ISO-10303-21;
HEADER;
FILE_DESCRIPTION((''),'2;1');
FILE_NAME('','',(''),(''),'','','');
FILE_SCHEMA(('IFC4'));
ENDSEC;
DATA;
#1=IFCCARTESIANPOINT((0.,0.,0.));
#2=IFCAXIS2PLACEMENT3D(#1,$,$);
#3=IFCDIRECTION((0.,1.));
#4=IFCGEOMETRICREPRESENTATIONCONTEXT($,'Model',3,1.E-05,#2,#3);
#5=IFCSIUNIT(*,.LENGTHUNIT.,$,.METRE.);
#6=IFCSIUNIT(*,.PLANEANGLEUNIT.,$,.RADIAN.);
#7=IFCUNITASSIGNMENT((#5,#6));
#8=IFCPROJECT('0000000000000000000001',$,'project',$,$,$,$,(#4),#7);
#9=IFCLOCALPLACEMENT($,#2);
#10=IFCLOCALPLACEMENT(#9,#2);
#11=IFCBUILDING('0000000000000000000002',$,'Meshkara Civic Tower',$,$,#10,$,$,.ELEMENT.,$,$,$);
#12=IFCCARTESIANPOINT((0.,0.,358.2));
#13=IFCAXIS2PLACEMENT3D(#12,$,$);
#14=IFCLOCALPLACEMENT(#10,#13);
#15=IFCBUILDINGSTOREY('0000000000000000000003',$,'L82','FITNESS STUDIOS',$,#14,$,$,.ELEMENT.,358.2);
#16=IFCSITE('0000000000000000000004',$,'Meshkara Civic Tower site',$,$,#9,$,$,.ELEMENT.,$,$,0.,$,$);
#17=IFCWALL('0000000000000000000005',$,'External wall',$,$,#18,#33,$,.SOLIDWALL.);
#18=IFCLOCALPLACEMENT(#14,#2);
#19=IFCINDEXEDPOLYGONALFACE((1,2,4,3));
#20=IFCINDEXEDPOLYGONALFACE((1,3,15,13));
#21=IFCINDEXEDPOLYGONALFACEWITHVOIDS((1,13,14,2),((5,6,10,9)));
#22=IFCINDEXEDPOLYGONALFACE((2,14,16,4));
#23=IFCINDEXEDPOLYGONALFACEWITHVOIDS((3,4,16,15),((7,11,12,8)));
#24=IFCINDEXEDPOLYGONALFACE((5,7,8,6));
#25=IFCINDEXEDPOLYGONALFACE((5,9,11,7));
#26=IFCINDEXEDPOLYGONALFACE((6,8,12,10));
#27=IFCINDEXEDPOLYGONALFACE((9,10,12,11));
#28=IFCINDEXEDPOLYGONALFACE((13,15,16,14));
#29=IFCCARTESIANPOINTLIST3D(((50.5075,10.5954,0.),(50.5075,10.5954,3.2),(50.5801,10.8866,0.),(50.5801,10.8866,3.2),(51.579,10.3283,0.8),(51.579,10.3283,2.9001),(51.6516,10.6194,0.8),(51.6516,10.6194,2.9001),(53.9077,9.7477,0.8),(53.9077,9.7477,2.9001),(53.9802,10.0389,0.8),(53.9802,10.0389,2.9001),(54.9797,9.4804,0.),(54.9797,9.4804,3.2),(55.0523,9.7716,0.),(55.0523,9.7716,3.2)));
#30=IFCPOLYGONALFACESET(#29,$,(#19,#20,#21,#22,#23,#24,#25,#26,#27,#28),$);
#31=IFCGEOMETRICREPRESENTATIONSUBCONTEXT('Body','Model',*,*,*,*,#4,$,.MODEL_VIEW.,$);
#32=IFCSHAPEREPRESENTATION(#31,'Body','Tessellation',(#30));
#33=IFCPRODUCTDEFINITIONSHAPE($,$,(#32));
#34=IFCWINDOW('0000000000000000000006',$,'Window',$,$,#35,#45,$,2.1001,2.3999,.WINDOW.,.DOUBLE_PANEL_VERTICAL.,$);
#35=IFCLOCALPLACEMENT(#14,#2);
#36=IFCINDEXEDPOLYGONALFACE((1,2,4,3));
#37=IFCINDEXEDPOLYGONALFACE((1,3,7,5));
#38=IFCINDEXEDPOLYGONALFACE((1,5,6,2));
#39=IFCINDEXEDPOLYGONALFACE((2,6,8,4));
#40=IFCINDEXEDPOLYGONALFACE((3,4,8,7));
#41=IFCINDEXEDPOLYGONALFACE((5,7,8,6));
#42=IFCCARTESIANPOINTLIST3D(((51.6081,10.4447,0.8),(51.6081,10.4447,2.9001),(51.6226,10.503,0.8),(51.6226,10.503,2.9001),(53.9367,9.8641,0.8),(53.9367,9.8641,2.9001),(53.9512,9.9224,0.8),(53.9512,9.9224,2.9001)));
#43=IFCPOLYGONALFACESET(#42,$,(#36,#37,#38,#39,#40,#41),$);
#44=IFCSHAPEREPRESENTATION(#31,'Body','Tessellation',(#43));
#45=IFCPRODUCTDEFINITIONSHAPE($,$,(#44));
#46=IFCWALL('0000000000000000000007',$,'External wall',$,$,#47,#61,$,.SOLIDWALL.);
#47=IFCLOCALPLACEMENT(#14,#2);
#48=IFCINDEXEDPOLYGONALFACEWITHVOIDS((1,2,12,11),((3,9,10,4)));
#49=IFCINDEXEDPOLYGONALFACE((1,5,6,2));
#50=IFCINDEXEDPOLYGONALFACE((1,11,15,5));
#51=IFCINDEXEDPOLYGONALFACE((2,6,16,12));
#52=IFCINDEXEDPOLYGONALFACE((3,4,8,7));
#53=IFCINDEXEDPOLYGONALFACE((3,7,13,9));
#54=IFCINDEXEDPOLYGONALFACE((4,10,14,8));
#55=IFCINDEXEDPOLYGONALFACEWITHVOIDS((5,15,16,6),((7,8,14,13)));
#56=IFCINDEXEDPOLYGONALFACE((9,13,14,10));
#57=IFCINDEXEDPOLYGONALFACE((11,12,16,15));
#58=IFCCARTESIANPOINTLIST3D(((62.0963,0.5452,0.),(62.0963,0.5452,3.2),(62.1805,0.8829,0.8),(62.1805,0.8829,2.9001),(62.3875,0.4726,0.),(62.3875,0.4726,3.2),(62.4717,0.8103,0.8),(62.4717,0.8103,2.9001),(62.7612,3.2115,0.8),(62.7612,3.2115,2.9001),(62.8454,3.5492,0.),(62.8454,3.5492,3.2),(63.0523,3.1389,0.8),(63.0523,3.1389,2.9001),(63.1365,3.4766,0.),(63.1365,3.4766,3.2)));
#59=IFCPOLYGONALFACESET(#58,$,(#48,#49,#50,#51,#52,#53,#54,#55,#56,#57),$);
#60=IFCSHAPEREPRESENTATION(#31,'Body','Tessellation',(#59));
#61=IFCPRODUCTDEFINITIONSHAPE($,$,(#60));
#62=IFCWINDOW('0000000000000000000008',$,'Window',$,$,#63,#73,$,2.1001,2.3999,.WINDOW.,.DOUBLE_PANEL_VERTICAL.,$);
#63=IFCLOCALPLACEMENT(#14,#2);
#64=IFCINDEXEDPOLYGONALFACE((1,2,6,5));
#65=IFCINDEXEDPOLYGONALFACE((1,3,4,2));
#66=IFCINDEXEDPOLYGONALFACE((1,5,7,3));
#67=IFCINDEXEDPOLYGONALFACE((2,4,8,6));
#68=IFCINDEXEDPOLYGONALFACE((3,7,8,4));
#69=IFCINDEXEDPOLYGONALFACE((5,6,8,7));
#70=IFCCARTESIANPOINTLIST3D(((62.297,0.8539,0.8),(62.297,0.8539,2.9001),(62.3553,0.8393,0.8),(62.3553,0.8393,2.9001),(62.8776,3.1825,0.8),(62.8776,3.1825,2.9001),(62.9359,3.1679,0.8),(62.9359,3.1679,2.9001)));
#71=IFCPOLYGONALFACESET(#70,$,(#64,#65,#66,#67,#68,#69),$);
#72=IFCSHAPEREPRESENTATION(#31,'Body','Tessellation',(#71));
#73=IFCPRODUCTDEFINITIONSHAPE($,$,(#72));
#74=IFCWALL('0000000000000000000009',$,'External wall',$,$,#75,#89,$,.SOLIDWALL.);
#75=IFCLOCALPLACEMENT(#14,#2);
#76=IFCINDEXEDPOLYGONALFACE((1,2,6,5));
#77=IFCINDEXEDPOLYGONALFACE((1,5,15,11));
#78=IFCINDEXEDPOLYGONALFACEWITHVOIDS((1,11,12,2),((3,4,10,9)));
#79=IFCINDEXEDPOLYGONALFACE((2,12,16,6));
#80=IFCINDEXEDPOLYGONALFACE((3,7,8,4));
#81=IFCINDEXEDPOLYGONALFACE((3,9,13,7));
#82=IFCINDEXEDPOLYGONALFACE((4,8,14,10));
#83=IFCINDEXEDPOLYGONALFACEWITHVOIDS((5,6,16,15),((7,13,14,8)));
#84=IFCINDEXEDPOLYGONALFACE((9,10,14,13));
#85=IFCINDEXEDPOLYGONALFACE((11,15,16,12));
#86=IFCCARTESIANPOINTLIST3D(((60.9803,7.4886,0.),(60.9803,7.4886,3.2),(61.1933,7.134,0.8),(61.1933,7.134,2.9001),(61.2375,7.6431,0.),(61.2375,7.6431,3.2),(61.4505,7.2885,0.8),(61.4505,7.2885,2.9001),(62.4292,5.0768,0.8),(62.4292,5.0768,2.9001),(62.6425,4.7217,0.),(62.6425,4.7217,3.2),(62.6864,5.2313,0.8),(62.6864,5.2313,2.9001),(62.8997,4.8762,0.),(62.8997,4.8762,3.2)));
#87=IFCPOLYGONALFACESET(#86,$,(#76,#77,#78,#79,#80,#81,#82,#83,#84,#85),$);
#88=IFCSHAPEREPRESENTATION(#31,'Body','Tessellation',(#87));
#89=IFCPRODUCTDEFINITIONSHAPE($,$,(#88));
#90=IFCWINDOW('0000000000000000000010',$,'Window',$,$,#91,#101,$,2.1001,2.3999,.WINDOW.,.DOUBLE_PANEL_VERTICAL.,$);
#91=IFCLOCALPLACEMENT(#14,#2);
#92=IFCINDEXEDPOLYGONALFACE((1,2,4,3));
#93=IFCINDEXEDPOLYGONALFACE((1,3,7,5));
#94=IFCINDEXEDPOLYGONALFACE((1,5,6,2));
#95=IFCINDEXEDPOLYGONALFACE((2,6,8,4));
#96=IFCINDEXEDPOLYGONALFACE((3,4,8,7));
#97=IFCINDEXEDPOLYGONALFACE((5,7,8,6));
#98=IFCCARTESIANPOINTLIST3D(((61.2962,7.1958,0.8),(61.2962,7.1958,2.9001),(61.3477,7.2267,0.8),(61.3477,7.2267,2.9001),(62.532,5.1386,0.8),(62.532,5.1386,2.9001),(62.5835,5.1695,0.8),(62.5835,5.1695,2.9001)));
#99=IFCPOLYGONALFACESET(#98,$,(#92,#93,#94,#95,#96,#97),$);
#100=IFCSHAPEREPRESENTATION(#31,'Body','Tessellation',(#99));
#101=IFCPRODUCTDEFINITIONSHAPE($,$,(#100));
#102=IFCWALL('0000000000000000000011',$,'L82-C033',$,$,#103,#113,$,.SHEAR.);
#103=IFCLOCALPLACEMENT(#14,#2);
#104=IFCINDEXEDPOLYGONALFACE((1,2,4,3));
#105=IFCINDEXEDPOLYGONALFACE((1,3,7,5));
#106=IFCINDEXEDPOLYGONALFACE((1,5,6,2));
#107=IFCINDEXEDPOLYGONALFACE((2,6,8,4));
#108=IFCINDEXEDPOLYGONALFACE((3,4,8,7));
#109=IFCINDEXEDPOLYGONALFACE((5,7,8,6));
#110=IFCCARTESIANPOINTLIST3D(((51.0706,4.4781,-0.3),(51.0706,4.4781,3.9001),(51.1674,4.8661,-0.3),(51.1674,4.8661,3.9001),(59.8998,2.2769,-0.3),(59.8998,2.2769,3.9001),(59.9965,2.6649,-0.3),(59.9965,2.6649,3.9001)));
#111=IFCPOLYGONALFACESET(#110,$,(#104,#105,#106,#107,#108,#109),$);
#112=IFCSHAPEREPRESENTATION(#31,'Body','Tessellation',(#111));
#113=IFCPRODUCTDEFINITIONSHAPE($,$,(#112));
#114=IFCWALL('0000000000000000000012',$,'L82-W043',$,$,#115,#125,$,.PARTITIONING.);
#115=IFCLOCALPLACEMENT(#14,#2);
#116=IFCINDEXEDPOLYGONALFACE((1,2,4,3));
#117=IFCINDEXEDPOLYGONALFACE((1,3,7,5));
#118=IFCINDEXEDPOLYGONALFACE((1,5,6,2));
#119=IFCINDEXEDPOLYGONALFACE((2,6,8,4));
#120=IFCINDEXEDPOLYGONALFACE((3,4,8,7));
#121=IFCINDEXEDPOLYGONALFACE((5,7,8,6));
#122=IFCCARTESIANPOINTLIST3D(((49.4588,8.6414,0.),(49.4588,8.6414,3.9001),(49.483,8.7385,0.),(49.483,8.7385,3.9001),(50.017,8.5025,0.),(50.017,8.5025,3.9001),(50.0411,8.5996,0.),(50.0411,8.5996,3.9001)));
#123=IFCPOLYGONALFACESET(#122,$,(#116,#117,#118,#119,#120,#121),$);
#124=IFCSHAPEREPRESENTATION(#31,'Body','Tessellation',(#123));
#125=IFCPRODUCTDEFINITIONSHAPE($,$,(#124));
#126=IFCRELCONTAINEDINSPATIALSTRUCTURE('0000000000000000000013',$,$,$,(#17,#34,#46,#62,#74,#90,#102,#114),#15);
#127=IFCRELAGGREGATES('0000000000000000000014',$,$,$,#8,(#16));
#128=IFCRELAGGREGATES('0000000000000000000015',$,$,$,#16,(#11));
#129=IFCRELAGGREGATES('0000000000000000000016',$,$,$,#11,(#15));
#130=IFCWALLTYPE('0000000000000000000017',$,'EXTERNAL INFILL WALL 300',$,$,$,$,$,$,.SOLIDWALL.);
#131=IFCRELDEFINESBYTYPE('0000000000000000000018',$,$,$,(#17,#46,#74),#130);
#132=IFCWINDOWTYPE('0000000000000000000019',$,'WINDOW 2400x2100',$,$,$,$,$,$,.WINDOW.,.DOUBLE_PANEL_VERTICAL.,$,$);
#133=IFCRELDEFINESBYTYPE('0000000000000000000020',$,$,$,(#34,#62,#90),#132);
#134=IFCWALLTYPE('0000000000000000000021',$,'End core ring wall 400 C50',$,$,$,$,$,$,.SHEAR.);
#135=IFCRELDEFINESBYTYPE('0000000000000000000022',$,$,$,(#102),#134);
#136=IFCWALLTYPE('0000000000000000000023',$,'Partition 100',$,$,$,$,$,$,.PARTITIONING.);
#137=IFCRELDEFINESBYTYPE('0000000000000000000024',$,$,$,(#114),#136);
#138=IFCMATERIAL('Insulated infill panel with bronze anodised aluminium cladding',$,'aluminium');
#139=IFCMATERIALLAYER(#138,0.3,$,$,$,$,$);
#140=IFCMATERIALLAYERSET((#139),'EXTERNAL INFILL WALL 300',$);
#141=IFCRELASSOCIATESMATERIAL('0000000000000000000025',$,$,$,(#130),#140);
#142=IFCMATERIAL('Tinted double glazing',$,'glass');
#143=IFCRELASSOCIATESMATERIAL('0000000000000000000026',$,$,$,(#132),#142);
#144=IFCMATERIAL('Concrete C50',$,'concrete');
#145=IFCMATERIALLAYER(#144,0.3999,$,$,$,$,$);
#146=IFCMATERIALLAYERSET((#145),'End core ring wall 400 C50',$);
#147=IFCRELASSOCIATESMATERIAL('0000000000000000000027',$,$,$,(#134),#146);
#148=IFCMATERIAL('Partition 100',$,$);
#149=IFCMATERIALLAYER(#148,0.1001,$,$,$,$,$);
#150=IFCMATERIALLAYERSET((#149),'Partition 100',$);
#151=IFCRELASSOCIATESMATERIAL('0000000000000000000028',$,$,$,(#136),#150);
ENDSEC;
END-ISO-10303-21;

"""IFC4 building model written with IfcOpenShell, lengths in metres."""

from ifc_helpers import new_model, si_unit, direction, frame, frame_2d, origin, place, context, subcontext, project, spatial, rectangle, extrude, material, layer, layer_set, type_object, element, fill, save


model = new_model("IFC4")

# Units and contexts
model_context = context("Model", 3, precision=1e-05, world=origin(), true_north=direction((0.0, 1.0)))
body_context = subcontext(model_context, "Body", "Model", "MODEL_VIEW")
ifc_project = project(units=[si_unit("LENGTHUNIT", "METRE"), si_unit("PLANEANGLEUNIT", "RADIAN")], contexts=[model_context])

# Site, building, storey
site_placement = place(None, origin())
site = spatial("IfcSite", under=ifc_project, at=site_placement, Name="Meshkara Civic Tower site", CompositionType="ELEMENT", RefElevation=0.0)
building_placement = place(site_placement, origin())
building = spatial("IfcBuilding", under=site, at=building_placement, Name="Meshkara Civic Tower", CompositionType="ELEMENT")
storey_placement = place(building_placement, frame((0.0, 0.0, 358.2)))
storey = spatial("IfcBuildingStorey", under=building, at=storey_placement, Name="L82", Description="FITNESS STUDIOS", CompositionType="ELEMENT", Elevation=358.2)

# Walls, openings, windows
ifc_material_1 = material(Name="Insulated infill panel with bronze anodised aluminium cladding", Category="aluminium")
ifc_layer_1 = layer(ifc_material_1, 0.3)
ifc_layer_set_1 = layer_set([ifc_layer_1], Name="EXTERNAL INFILL WALL 300")
wall_type_1 = type_object("IfcWallType", Name="EXTERNAL INFILL WALL 300", PredefinedType="SOLIDWALL", material=ifc_layer_set_1)
ifc_material_2 = material(Name="Tinted double glazing", Category="glass")
window_type = type_object("IfcWindowType", Name="WINDOW 2400x2100", PartitioningType="DOUBLE_PANEL_VERTICAL", PredefinedType="WINDOW", material=ifc_material_2)
wall_1_placement = place(storey_placement, frame((55.0161, 9.626, 0.0), z_axis=(0.0, 0.0, 1.0), x_axis=(-0.970298, 0.241912, 0.0)))
wall_1 = element("IfcWall", 1, at=wall_1_placement, inside=storey, type_object=wall_type_1, Name="External wall", PredefinedType="SOLIDWALL", context=body_context, shape_type="SweptSolid", body=[
    extrude(rectangle(XDim=4.6091, YDim=0.3, at=frame_2d((2.3047, 0.0))), origin(), (0.0, 0.0, 1.0), 3.2),
])
opening_1_placement = place(wall_1_placement, frame((1.105, 0.0, 0.8)))
opening_1 = element("IfcOpeningElement", 2, at=opening_1_placement, cuts=wall_1, PredefinedType="OPENING", context=body_context, shape_type="SweptSolid", body=[
    extrude(rectangle(XDim=2.3999, YDim=2.1001, at=frame_2d((1.2, 1.05))), frame((0.0, 0.1599, 0.0), z_axis=(0.0, -1.0, 0.0), x_axis=(1.0, 0.0, 0.0)), (0.0, 0.0, 1.0), 0.3201),
])
window_1_placement = place(opening_1_placement, origin())
window_1 = element("IfcWindow", 3, at=window_1_placement, inside=storey, type_object=window_type, Name="Window", OverallHeight=2.1001, OverallWidth=2.3999, PartitioningType="DOUBLE_PANEL_VERTICAL", PredefinedType="WINDOW", context=body_context, shape_type="SweptSolid", body=[
    extrude(rectangle(XDim=2.3999, YDim=2.1001, at=frame_2d((1.2, 1.05))), frame((0.0, 0.03, 0.0), z_axis=(0.0, -1.0, 0.0), x_axis=(1.0, 0.0, 0.0)), (0.0, 0.0, 1.0), 0.0601),
])
fill(opening_1, window_1)
wall_2_placement = place(storey_placement, frame((62.2419, 0.509, 0.0), z_axis=(0.0, 0.0, 1.0), x_axis=(0.241942, 0.970291, 0.0)))
wall_2 = element("IfcWall", 4, at=wall_2_placement, inside=storey, type_object=wall_type_1, Name="External wall", PredefinedType="SOLIDWALL", context=body_context, shape_type="SweptSolid", body=[
    extrude(rectangle(XDim=3.0959, YDim=0.3, at=frame_2d((1.5479, 0.0))), origin(), (0.0, 0.0, 1.0), 3.2),
])
opening_2_placement = place(wall_2_placement, frame((0.3479, 0.0, 0.8)))
opening_2 = element("IfcOpeningElement", 5, at=opening_2_placement, cuts=wall_2, PredefinedType="OPENING", context=body_context, shape_type="SweptSolid", body=[
    extrude(rectangle(XDim=2.3999, YDim=2.1001, at=frame_2d((1.2, 1.05))), frame((0.0, 0.1599, 0.0), z_axis=(0.0, -1.0, 0.0), x_axis=(1.0, 0.0, 0.0)), (0.0, 0.0, 1.0), 0.3201),
])
window_2_placement = place(opening_2_placement, origin())
window_2 = element("IfcWindow", 6, at=window_2_placement, inside=storey, type_object=window_type, Name="Window", OverallHeight=2.1001, OverallWidth=2.3999, PartitioningType="DOUBLE_PANEL_VERTICAL", PredefinedType="WINDOW", context=body_context, shape_type="SweptSolid", body=[
    extrude(rectangle(XDim=2.3999, YDim=2.1001, at=frame_2d((1.2, 1.05))), frame((0.0, 0.03, 0.0), z_axis=(0.0, -1.0, 0.0), x_axis=(1.0, 0.0, 0.0)), (0.0, 0.0, 1.0), 0.0601),
])
fill(opening_2, window_2)
wall_3_placement = place(storey_placement, frame((62.771, 4.7991, 0.0), z_axis=(0.0, 0.0, 1.0), x_axis=(-0.514952, 0.857219, 0.0)))
wall_3 = element("IfcWall", 7, at=wall_3_placement, inside=storey, type_object=wall_type_1, Name="External wall", PredefinedType="SOLIDWALL", context=body_context, shape_type="SweptSolid", body=[
    extrude(rectangle(XDim=3.2278, YDim=0.3, at=frame_2d((1.6138, 0.0))), origin(), (0.0, 0.0, 1.0), 3.2),
])
opening_3_placement = place(wall_3_placement, frame((0.4141, 0.0, 0.8)))
opening_3 = element("IfcOpeningElement", 8, at=opening_3_placement, cuts=wall_3, PredefinedType="OPENING", context=body_context, shape_type="SweptSolid", body=[
    extrude(rectangle(XDim=2.3999, YDim=2.1001, at=frame_2d((1.2, 1.05))), frame((0.0, 0.1599, 0.0), z_axis=(0.0, -1.0, 0.0), x_axis=(1.0, 0.0, 0.0)), (0.0, 0.0, 1.0), 0.3201),
])
window_3_placement = place(opening_3_placement, origin())
window_3 = element("IfcWindow", 9, at=window_3_placement, inside=storey, type_object=window_type, Name="Window", OverallHeight=2.1001, OverallWidth=2.3999, PartitioningType="DOUBLE_PANEL_VERTICAL", PredefinedType="WINDOW", context=body_context, shape_type="SweptSolid", body=[
    extrude(rectangle(XDim=2.3999, YDim=2.1001, at=frame_2d((1.2, 1.05))), frame((0.0, 0.03, 0.0), z_axis=(0.0, -1.0, 0.0), x_axis=(1.0, 0.0, 0.0)), (0.0, 0.0, 1.0), 0.0601),
])
fill(opening_3, window_3)

# Walls
ifc_material_3 = material(Name="Concrete C50", Category="concrete")
ifc_layer_2 = layer(ifc_material_3, 0.3999)
ifc_layer_set_2 = layer_set([ifc_layer_2], Name="End core ring wall 400 C50")
wall_type_2 = type_object("IfcWallType", Name="End core ring wall 400 C50", PredefinedType="SHEAR", material=ifc_layer_set_2)
wall_4_placement = place(storey_placement, frame((51.1189, 4.6721, -0.3), z_axis=(0.0, 0.0, 1.0), x_axis=(0.9703, -0.241904, 0.0)))
element("IfcWall", 10, at=wall_4_placement, inside=storey, type_object=wall_type_2, Name="L82-C033", PredefinedType="SHEAR", context=body_context, shape_type="SweptSolid", body=[
    extrude(rectangle(XDim=9.0994, YDim=0.3999, at=frame_2d((4.5498, 0.0))), origin(), (0.0, 0.0, 1.0), 4.2002),
])
ifc_material_4 = material(Name="Partition 100")
ifc_layer_3 = layer(ifc_material_4, 0.1001)
ifc_layer_set_3 = layer_set([ifc_layer_3], Name="Partition 100")
wall_type_3 = type_object("IfcWallType", Name="Partition 100", PredefinedType="PARTITIONING", material=ifc_layer_set_3)
wall_5_placement = place(storey_placement, frame((50.0291, 8.551, 0.0), z_axis=(0.0, 0.0, 1.0), x_axis=(-0.970392, 0.241537, 0.0)))
element("IfcWall", 11, at=wall_5_placement, inside=storey, type_object=wall_type_3, Name="L82-W043", PredefinedType="PARTITIONING", context=body_context, shape_type="SweptSolid", body=[
    extrude(rectangle(XDim=0.5752, YDim=0.1001, at=frame_2d((0.2876, 0.0))), origin(), (0.0, 0.0, 1.0), 3.9001),
])

save(model, "model.ifc")
